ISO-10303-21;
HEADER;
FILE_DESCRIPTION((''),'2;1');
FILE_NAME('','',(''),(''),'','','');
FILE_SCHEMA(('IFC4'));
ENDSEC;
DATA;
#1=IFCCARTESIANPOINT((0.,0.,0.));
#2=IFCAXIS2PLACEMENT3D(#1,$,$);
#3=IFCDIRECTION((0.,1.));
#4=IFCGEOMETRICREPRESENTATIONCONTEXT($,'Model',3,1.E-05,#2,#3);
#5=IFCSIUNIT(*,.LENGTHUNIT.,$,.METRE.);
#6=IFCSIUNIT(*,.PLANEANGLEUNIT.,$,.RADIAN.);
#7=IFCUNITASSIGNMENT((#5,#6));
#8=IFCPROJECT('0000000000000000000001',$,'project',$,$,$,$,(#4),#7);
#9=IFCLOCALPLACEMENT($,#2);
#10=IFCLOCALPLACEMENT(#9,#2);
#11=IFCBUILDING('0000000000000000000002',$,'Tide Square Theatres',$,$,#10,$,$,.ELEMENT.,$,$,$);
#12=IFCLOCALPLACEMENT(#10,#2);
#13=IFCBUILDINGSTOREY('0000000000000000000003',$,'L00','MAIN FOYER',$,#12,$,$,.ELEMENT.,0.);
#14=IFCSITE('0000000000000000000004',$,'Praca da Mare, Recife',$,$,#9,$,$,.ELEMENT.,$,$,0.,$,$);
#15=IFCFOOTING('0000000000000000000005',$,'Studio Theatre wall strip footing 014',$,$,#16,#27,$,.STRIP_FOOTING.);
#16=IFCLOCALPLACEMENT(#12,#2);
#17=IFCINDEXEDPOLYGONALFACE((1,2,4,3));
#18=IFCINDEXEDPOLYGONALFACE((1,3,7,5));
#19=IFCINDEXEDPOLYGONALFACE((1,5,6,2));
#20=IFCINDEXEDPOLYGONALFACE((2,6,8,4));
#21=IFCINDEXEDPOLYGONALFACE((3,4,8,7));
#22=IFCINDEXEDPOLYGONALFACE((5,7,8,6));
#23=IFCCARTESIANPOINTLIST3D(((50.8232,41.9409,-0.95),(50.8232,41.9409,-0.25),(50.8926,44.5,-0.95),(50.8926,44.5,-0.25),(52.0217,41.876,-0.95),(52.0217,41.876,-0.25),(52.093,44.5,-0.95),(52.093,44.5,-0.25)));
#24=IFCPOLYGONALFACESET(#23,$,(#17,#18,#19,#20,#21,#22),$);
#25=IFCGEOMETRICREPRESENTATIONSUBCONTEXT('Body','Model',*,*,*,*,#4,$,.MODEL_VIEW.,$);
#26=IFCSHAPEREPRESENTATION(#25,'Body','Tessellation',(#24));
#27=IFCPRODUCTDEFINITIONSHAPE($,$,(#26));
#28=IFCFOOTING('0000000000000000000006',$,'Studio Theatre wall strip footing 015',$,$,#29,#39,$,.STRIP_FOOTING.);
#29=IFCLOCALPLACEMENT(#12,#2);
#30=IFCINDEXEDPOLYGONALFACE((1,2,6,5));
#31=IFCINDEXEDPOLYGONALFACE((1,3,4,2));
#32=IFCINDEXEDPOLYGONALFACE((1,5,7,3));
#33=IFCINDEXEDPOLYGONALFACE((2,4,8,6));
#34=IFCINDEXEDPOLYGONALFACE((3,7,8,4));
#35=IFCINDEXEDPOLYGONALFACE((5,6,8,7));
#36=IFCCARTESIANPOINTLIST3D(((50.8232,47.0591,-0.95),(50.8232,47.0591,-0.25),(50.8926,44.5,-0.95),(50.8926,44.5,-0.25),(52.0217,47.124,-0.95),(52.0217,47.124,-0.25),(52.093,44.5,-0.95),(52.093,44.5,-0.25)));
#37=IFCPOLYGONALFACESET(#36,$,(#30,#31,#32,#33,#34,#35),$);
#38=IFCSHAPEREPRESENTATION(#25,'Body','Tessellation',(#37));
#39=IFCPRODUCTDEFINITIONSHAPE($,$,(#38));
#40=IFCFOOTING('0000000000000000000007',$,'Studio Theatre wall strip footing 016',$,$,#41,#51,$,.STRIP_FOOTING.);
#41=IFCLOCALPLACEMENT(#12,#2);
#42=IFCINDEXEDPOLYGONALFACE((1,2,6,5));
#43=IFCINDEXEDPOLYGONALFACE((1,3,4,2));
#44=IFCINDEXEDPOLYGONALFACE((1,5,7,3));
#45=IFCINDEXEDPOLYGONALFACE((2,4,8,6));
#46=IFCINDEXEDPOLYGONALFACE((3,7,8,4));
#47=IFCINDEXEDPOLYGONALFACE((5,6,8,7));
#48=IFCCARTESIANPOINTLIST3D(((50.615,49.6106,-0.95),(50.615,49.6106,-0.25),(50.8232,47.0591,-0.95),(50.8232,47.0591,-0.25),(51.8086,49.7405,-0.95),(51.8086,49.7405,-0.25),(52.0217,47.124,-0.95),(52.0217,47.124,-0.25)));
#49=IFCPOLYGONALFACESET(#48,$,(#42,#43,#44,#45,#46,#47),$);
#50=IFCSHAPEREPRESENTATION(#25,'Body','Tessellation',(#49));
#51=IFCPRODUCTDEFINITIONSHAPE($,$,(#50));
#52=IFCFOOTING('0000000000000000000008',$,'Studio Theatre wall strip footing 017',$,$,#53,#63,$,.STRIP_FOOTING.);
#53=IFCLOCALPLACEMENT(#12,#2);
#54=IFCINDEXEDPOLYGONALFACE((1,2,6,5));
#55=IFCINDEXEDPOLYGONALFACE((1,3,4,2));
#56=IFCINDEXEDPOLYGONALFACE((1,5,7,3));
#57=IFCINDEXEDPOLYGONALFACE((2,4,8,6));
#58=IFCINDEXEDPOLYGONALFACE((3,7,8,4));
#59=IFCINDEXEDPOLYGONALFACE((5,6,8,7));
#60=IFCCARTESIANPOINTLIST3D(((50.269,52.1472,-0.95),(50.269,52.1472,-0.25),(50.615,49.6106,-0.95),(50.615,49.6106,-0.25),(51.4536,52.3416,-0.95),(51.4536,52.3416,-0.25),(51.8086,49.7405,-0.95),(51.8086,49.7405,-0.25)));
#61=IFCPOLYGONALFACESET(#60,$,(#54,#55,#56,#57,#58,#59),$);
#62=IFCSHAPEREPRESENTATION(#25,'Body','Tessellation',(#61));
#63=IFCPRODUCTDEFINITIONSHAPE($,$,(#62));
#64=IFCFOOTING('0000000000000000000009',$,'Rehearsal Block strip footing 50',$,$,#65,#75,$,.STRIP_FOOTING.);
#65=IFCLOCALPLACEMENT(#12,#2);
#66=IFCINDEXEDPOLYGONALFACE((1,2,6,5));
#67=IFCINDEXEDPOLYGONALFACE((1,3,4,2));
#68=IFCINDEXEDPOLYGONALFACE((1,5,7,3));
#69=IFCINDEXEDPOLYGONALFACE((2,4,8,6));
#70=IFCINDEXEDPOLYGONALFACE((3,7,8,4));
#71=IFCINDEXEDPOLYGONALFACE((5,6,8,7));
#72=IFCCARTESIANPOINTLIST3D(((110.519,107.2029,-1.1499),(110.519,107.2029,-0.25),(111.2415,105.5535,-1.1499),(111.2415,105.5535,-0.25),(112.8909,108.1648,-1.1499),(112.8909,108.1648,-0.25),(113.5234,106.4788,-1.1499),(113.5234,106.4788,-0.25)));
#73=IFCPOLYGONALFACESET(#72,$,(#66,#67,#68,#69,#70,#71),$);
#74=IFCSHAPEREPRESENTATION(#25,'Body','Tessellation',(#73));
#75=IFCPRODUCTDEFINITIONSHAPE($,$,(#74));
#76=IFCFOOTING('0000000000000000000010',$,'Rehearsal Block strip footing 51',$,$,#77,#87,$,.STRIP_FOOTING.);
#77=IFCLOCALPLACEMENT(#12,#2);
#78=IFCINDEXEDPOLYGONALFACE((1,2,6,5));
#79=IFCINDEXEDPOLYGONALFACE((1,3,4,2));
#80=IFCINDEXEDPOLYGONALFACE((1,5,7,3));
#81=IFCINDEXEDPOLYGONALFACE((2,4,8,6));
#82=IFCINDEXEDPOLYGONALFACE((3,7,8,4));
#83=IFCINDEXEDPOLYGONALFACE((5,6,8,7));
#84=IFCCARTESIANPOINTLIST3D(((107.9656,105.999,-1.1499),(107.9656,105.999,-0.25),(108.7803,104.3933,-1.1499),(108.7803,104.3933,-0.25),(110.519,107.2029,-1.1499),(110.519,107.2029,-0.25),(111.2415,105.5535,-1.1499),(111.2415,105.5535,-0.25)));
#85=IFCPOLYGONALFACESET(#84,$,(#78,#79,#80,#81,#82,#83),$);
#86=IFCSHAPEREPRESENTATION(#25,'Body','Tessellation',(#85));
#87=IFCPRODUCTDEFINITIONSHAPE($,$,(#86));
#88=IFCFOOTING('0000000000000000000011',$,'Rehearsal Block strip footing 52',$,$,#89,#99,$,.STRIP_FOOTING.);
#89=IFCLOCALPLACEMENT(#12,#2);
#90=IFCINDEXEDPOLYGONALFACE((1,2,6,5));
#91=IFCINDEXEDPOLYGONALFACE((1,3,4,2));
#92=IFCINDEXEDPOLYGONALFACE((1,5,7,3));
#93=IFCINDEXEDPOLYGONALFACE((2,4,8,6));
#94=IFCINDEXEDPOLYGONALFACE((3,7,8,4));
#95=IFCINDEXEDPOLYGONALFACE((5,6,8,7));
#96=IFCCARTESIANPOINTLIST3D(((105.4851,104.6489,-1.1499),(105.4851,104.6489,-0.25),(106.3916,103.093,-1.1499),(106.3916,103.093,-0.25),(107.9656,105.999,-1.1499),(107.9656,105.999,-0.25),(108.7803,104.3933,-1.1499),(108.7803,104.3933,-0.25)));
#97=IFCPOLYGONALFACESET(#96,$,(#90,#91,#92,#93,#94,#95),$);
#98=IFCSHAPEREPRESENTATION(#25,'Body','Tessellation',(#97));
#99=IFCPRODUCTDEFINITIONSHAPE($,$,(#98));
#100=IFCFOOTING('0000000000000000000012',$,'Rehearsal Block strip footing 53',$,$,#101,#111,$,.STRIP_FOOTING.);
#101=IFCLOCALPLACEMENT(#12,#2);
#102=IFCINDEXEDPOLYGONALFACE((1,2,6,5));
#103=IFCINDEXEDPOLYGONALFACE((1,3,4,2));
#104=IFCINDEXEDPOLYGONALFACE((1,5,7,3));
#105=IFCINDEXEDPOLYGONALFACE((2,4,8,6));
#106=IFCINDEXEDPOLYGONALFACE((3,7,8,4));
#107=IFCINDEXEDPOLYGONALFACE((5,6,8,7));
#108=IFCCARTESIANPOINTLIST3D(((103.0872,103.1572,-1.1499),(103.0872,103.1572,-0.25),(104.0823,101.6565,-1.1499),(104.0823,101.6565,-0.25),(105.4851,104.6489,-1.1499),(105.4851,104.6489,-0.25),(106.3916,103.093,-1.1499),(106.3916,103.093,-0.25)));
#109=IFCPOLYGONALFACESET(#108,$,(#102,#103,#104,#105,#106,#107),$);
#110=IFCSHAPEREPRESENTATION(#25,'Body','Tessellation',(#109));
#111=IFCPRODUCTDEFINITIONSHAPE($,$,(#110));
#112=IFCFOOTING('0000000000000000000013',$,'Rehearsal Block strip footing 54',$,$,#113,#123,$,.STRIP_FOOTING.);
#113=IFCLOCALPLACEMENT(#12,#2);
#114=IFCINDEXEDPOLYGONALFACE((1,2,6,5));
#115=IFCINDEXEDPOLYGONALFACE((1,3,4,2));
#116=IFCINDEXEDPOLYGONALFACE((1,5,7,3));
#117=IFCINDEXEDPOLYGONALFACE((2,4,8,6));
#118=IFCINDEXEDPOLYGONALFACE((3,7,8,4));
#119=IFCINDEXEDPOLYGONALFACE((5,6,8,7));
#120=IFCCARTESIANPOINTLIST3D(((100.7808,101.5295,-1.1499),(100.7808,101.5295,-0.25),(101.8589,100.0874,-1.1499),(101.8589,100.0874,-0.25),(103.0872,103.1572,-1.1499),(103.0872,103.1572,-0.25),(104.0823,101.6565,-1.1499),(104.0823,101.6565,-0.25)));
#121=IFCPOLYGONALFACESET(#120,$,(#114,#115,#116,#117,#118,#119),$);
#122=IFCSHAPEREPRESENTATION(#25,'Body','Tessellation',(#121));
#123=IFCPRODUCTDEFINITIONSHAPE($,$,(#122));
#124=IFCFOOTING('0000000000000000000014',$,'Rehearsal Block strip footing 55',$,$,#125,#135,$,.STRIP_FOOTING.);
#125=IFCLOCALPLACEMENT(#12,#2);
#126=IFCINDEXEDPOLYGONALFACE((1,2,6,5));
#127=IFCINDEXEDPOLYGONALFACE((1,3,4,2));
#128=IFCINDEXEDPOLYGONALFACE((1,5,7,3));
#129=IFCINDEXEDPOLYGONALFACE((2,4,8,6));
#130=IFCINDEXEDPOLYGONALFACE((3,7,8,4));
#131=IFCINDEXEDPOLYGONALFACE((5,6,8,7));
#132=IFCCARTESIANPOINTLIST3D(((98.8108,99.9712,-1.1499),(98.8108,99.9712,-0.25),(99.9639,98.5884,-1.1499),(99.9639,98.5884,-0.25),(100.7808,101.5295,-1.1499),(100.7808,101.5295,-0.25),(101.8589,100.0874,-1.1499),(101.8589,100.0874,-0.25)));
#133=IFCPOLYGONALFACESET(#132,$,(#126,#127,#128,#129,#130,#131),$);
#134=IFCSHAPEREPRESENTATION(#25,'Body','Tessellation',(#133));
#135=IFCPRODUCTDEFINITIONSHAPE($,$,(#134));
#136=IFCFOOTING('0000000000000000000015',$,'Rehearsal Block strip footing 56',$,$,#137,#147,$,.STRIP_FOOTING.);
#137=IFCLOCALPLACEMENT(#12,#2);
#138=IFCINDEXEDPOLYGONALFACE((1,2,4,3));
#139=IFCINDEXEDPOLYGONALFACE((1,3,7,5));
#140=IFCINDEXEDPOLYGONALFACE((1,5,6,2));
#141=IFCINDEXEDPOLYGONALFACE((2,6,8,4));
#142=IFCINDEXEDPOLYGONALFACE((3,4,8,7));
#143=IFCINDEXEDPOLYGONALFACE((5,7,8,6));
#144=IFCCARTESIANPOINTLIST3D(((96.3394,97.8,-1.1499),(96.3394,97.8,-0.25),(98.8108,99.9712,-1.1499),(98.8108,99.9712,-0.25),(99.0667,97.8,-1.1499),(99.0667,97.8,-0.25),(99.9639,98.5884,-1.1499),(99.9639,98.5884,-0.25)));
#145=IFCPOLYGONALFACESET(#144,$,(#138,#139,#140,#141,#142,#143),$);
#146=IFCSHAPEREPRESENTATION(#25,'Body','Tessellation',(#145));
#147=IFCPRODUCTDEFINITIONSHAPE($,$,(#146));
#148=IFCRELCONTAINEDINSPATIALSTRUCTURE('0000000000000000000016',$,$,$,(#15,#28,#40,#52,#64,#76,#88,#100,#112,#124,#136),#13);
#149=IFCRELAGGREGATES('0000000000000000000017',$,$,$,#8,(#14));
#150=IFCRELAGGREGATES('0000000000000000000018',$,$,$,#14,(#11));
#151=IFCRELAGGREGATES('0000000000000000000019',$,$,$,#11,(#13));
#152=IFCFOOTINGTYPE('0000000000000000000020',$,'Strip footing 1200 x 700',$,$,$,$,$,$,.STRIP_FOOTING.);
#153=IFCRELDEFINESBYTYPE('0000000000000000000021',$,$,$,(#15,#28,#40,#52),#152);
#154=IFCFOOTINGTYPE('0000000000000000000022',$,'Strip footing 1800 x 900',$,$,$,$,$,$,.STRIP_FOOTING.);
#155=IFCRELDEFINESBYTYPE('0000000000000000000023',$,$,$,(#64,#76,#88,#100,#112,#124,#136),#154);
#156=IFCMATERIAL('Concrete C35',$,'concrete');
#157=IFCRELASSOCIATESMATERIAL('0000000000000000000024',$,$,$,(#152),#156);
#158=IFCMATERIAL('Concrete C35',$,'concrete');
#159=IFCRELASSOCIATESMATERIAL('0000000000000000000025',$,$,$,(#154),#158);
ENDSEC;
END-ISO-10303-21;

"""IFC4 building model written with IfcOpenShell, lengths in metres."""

from ifc_helpers import new_model, si_unit, direction, frame, origin, place, context, subcontext, project, spatial, polyline, outline, extrude, material, type_object, element, save


model = new_model("IFC4")

# Units and contexts
model_context = context("Model", 3, precision=1e-05, world=origin(), true_north=direction((0.0, 1.0)))
body_context = subcontext(model_context, "Body", "Model", "MODEL_VIEW")
ifc_project = project(units=[si_unit("LENGTHUNIT", "METRE"), si_unit("PLANEANGLEUNIT", "RADIAN")], contexts=[model_context])

# Site, building, storey
site_placement = place(None, origin())
site = spatial("IfcSite", under=ifc_project, at=site_placement, Name="Praca da Mare, Recife", CompositionType="ELEMENT", RefElevation=0.0)
building_placement = place(site_placement, origin())
building = spatial("IfcBuilding", under=site, at=building_placement, Name="Tide Square Theatres", CompositionType="ELEMENT")
storey_placement = place(building_placement, origin())
storey = spatial("IfcBuildingStorey", under=building, at=storey_placement, Name="L00", Description="MAIN FOYER", CompositionType="ELEMENT", Elevation=0.0)

# Footings
ifc_material_1 = material(Name="Concrete C35", Category="concrete")
footing_type_1 = type_object("IfcFootingType", Name="Strip footing 1200 x 700", PredefinedType="STRIP_FOOTING", material=ifc_material_1)
footing_1_placement = place(storey_placement, frame((0.0, 0.0, -0.95)))
element("IfcFooting", 1, at=footing_1_placement, inside=storey, type_object=footing_type_1, Name="Studio Theatre wall strip footing 014", PredefinedType="STRIP_FOOTING", context=body_context, shape_type="SweptSolid", body=[
    extrude(outline(polyline([(52.0217, 41.876), (52.093, 44.5), (50.8926, 44.5), (50.8232, 41.9409), (52.0217, 41.876)])), origin(), (0.0, 0.0, 1.0), 0.7),
])
footing_2_placement = place(storey_placement, frame((0.0, 0.0, -0.95)))
element("IfcFooting", 2, at=footing_2_placement, inside=storey, type_object=footing_type_1, Name="Studio Theatre wall strip footing 015", PredefinedType="STRIP_FOOTING", context=body_context, shape_type="SweptSolid", body=[
    extrude(outline(polyline([(52.093, 44.5), (52.0217, 47.124), (50.8232, 47.0591), (50.8926, 44.5), (52.093, 44.5)])), origin(), (0.0, 0.0, 1.0), 0.7),
])
footing_3_placement = place(storey_placement, frame((0.0, 0.0, -0.95)))
element("IfcFooting", 3, at=footing_3_placement, inside=storey, type_object=footing_type_1, Name="Studio Theatre wall strip footing 016", PredefinedType="STRIP_FOOTING", context=body_context, shape_type="SweptSolid", body=[
    extrude(outline(polyline([(52.0217, 47.124), (51.8086, 49.7405), (50.615, 49.6106), (50.8232, 47.0591), (52.0217, 47.124)])), origin(), (0.0, 0.0, 1.0), 0.7),
])
footing_4_placement = place(storey_placement, frame((0.0, 0.0, -0.95)))
element("IfcFooting", 4, at=footing_4_placement, inside=storey, type_object=footing_type_1, Name="Studio Theatre wall strip footing 017", PredefinedType="STRIP_FOOTING", context=body_context, shape_type="SweptSolid", body=[
    extrude(outline(polyline([(51.8086, 49.7405), (51.4536, 52.3416), (50.269, 52.1472), (50.615, 49.6106), (51.8086, 49.7405)])), origin(), (0.0, 0.0, 1.0), 0.7),
])
ifc_material_2 = material(Name="Concrete C35", Category="concrete")
footing_type_2 = type_object("IfcFootingType", Name="Strip footing 1800 x 900", PredefinedType="STRIP_FOOTING", material=ifc_material_2)
footing_5_placement = place(storey_placement, frame((0.0, 0.0, -1.1499)))
element("IfcFooting", 5, at=footing_5_placement, inside=storey, type_object=footing_type_2, Name="Rehearsal Block strip footing 50", PredefinedType="STRIP_FOOTING", context=body_context, shape_type="SweptSolid", body=[
    extrude(outline(polyline([(112.8909, 108.1648), (110.519, 107.2029), (111.2415, 105.5535), (113.5234, 106.4788), (112.8909, 108.1648)])), origin(), (0.0, 0.0, 1.0), 0.8999),
])
footing_6_placement = place(storey_placement, frame((0.0, 0.0, -1.1499)))
element("IfcFooting", 6, at=footing_6_placement, inside=storey, type_object=footing_type_2, Name="Rehearsal Block strip footing 51", PredefinedType="STRIP_FOOTING", context=body_context, shape_type="SweptSolid", body=[
    extrude(outline(polyline([(110.519, 107.2029), (107.9656, 105.999), (108.7803, 104.3933), (111.2415, 105.5535), (110.519, 107.2029)])), origin(), (0.0, 0.0, 1.0), 0.8999),
])
footing_7_placement = place(storey_placement, frame((0.0, 0.0, -1.1499)))
element("IfcFooting", 7, at=footing_7_placement, inside=storey, type_object=footing_type_2, Name="Rehearsal Block strip footing 52", PredefinedType="STRIP_FOOTING", context=body_context, shape_type="SweptSolid", body=[
    extrude(outline(polyline([(107.9656, 105.999), (105.4851, 104.6489), (106.3916, 103.093), (108.7803, 104.3933), (107.9656, 105.999)])), origin(), (0.0, 0.0, 1.0), 0.8999),
])
footing_8_placement = place(storey_placement, frame((0.0, 0.0, -1.1499)))
element("IfcFooting", 8, at=footing_8_placement, inside=storey, type_object=footing_type_2, Name="Rehearsal Block strip footing 53", PredefinedType="STRIP_FOOTING", context=body_context, shape_type="SweptSolid", body=[
    extrude(outline(polyline([(105.4851, 104.6489), (103.0872, 103.1572), (104.0823, 101.6565), (106.3916, 103.093), (105.4851, 104.6489)])), origin(), (0.0, 0.0, 1.0), 0.8999),
])
footing_9_placement = place(storey_placement, frame((0.0, 0.0, -1.1499)))
element("IfcFooting", 9, at=footing_9_placement, inside=storey, type_object=footing_type_2, Name="Rehearsal Block strip footing 54", PredefinedType="STRIP_FOOTING", context=body_context, shape_type="SweptSolid", body=[
    extrude(outline(polyline([(103.0872, 103.1572), (100.7808, 101.5295), (101.8589, 100.0874), (104.0823, 101.6565), (103.0872, 103.1572)])), origin(), (0.0, 0.0, 1.0), 0.8999),
])
footing_10_placement = place(storey_placement, frame((0.0, 0.0, -1.1499)))
element("IfcFooting", 10, at=footing_10_placement, inside=storey, type_object=footing_type_2, Name="Rehearsal Block strip footing 55", PredefinedType="STRIP_FOOTING", context=body_context, shape_type="SweptSolid", body=[
    extrude(outline(polyline([(100.7808, 101.5295), (98.8108, 99.9712), (99.9639, 98.5884), (101.8589, 100.0874), (100.7808, 101.5295)])), origin(), (0.0, 0.0, 1.0), 0.8999),
])
footing_11_placement = place(storey_placement, frame((0.0, 0.0, -1.1499)))
element("IfcFooting", 11, at=footing_11_placement, inside=storey, type_object=footing_type_2, Name="Rehearsal Block strip footing 56", PredefinedType="STRIP_FOOTING", context=body_context, shape_type="SweptSolid", body=[
    extrude(outline(polyline([(98.8108, 99.9712), (96.3394, 97.8), (99.0667, 97.8), (99.9639, 98.5884), (98.8108, 99.9712)])), origin(), (0.0, 0.0, 1.0), 0.8999),
])

save(model, "model.ifc")
